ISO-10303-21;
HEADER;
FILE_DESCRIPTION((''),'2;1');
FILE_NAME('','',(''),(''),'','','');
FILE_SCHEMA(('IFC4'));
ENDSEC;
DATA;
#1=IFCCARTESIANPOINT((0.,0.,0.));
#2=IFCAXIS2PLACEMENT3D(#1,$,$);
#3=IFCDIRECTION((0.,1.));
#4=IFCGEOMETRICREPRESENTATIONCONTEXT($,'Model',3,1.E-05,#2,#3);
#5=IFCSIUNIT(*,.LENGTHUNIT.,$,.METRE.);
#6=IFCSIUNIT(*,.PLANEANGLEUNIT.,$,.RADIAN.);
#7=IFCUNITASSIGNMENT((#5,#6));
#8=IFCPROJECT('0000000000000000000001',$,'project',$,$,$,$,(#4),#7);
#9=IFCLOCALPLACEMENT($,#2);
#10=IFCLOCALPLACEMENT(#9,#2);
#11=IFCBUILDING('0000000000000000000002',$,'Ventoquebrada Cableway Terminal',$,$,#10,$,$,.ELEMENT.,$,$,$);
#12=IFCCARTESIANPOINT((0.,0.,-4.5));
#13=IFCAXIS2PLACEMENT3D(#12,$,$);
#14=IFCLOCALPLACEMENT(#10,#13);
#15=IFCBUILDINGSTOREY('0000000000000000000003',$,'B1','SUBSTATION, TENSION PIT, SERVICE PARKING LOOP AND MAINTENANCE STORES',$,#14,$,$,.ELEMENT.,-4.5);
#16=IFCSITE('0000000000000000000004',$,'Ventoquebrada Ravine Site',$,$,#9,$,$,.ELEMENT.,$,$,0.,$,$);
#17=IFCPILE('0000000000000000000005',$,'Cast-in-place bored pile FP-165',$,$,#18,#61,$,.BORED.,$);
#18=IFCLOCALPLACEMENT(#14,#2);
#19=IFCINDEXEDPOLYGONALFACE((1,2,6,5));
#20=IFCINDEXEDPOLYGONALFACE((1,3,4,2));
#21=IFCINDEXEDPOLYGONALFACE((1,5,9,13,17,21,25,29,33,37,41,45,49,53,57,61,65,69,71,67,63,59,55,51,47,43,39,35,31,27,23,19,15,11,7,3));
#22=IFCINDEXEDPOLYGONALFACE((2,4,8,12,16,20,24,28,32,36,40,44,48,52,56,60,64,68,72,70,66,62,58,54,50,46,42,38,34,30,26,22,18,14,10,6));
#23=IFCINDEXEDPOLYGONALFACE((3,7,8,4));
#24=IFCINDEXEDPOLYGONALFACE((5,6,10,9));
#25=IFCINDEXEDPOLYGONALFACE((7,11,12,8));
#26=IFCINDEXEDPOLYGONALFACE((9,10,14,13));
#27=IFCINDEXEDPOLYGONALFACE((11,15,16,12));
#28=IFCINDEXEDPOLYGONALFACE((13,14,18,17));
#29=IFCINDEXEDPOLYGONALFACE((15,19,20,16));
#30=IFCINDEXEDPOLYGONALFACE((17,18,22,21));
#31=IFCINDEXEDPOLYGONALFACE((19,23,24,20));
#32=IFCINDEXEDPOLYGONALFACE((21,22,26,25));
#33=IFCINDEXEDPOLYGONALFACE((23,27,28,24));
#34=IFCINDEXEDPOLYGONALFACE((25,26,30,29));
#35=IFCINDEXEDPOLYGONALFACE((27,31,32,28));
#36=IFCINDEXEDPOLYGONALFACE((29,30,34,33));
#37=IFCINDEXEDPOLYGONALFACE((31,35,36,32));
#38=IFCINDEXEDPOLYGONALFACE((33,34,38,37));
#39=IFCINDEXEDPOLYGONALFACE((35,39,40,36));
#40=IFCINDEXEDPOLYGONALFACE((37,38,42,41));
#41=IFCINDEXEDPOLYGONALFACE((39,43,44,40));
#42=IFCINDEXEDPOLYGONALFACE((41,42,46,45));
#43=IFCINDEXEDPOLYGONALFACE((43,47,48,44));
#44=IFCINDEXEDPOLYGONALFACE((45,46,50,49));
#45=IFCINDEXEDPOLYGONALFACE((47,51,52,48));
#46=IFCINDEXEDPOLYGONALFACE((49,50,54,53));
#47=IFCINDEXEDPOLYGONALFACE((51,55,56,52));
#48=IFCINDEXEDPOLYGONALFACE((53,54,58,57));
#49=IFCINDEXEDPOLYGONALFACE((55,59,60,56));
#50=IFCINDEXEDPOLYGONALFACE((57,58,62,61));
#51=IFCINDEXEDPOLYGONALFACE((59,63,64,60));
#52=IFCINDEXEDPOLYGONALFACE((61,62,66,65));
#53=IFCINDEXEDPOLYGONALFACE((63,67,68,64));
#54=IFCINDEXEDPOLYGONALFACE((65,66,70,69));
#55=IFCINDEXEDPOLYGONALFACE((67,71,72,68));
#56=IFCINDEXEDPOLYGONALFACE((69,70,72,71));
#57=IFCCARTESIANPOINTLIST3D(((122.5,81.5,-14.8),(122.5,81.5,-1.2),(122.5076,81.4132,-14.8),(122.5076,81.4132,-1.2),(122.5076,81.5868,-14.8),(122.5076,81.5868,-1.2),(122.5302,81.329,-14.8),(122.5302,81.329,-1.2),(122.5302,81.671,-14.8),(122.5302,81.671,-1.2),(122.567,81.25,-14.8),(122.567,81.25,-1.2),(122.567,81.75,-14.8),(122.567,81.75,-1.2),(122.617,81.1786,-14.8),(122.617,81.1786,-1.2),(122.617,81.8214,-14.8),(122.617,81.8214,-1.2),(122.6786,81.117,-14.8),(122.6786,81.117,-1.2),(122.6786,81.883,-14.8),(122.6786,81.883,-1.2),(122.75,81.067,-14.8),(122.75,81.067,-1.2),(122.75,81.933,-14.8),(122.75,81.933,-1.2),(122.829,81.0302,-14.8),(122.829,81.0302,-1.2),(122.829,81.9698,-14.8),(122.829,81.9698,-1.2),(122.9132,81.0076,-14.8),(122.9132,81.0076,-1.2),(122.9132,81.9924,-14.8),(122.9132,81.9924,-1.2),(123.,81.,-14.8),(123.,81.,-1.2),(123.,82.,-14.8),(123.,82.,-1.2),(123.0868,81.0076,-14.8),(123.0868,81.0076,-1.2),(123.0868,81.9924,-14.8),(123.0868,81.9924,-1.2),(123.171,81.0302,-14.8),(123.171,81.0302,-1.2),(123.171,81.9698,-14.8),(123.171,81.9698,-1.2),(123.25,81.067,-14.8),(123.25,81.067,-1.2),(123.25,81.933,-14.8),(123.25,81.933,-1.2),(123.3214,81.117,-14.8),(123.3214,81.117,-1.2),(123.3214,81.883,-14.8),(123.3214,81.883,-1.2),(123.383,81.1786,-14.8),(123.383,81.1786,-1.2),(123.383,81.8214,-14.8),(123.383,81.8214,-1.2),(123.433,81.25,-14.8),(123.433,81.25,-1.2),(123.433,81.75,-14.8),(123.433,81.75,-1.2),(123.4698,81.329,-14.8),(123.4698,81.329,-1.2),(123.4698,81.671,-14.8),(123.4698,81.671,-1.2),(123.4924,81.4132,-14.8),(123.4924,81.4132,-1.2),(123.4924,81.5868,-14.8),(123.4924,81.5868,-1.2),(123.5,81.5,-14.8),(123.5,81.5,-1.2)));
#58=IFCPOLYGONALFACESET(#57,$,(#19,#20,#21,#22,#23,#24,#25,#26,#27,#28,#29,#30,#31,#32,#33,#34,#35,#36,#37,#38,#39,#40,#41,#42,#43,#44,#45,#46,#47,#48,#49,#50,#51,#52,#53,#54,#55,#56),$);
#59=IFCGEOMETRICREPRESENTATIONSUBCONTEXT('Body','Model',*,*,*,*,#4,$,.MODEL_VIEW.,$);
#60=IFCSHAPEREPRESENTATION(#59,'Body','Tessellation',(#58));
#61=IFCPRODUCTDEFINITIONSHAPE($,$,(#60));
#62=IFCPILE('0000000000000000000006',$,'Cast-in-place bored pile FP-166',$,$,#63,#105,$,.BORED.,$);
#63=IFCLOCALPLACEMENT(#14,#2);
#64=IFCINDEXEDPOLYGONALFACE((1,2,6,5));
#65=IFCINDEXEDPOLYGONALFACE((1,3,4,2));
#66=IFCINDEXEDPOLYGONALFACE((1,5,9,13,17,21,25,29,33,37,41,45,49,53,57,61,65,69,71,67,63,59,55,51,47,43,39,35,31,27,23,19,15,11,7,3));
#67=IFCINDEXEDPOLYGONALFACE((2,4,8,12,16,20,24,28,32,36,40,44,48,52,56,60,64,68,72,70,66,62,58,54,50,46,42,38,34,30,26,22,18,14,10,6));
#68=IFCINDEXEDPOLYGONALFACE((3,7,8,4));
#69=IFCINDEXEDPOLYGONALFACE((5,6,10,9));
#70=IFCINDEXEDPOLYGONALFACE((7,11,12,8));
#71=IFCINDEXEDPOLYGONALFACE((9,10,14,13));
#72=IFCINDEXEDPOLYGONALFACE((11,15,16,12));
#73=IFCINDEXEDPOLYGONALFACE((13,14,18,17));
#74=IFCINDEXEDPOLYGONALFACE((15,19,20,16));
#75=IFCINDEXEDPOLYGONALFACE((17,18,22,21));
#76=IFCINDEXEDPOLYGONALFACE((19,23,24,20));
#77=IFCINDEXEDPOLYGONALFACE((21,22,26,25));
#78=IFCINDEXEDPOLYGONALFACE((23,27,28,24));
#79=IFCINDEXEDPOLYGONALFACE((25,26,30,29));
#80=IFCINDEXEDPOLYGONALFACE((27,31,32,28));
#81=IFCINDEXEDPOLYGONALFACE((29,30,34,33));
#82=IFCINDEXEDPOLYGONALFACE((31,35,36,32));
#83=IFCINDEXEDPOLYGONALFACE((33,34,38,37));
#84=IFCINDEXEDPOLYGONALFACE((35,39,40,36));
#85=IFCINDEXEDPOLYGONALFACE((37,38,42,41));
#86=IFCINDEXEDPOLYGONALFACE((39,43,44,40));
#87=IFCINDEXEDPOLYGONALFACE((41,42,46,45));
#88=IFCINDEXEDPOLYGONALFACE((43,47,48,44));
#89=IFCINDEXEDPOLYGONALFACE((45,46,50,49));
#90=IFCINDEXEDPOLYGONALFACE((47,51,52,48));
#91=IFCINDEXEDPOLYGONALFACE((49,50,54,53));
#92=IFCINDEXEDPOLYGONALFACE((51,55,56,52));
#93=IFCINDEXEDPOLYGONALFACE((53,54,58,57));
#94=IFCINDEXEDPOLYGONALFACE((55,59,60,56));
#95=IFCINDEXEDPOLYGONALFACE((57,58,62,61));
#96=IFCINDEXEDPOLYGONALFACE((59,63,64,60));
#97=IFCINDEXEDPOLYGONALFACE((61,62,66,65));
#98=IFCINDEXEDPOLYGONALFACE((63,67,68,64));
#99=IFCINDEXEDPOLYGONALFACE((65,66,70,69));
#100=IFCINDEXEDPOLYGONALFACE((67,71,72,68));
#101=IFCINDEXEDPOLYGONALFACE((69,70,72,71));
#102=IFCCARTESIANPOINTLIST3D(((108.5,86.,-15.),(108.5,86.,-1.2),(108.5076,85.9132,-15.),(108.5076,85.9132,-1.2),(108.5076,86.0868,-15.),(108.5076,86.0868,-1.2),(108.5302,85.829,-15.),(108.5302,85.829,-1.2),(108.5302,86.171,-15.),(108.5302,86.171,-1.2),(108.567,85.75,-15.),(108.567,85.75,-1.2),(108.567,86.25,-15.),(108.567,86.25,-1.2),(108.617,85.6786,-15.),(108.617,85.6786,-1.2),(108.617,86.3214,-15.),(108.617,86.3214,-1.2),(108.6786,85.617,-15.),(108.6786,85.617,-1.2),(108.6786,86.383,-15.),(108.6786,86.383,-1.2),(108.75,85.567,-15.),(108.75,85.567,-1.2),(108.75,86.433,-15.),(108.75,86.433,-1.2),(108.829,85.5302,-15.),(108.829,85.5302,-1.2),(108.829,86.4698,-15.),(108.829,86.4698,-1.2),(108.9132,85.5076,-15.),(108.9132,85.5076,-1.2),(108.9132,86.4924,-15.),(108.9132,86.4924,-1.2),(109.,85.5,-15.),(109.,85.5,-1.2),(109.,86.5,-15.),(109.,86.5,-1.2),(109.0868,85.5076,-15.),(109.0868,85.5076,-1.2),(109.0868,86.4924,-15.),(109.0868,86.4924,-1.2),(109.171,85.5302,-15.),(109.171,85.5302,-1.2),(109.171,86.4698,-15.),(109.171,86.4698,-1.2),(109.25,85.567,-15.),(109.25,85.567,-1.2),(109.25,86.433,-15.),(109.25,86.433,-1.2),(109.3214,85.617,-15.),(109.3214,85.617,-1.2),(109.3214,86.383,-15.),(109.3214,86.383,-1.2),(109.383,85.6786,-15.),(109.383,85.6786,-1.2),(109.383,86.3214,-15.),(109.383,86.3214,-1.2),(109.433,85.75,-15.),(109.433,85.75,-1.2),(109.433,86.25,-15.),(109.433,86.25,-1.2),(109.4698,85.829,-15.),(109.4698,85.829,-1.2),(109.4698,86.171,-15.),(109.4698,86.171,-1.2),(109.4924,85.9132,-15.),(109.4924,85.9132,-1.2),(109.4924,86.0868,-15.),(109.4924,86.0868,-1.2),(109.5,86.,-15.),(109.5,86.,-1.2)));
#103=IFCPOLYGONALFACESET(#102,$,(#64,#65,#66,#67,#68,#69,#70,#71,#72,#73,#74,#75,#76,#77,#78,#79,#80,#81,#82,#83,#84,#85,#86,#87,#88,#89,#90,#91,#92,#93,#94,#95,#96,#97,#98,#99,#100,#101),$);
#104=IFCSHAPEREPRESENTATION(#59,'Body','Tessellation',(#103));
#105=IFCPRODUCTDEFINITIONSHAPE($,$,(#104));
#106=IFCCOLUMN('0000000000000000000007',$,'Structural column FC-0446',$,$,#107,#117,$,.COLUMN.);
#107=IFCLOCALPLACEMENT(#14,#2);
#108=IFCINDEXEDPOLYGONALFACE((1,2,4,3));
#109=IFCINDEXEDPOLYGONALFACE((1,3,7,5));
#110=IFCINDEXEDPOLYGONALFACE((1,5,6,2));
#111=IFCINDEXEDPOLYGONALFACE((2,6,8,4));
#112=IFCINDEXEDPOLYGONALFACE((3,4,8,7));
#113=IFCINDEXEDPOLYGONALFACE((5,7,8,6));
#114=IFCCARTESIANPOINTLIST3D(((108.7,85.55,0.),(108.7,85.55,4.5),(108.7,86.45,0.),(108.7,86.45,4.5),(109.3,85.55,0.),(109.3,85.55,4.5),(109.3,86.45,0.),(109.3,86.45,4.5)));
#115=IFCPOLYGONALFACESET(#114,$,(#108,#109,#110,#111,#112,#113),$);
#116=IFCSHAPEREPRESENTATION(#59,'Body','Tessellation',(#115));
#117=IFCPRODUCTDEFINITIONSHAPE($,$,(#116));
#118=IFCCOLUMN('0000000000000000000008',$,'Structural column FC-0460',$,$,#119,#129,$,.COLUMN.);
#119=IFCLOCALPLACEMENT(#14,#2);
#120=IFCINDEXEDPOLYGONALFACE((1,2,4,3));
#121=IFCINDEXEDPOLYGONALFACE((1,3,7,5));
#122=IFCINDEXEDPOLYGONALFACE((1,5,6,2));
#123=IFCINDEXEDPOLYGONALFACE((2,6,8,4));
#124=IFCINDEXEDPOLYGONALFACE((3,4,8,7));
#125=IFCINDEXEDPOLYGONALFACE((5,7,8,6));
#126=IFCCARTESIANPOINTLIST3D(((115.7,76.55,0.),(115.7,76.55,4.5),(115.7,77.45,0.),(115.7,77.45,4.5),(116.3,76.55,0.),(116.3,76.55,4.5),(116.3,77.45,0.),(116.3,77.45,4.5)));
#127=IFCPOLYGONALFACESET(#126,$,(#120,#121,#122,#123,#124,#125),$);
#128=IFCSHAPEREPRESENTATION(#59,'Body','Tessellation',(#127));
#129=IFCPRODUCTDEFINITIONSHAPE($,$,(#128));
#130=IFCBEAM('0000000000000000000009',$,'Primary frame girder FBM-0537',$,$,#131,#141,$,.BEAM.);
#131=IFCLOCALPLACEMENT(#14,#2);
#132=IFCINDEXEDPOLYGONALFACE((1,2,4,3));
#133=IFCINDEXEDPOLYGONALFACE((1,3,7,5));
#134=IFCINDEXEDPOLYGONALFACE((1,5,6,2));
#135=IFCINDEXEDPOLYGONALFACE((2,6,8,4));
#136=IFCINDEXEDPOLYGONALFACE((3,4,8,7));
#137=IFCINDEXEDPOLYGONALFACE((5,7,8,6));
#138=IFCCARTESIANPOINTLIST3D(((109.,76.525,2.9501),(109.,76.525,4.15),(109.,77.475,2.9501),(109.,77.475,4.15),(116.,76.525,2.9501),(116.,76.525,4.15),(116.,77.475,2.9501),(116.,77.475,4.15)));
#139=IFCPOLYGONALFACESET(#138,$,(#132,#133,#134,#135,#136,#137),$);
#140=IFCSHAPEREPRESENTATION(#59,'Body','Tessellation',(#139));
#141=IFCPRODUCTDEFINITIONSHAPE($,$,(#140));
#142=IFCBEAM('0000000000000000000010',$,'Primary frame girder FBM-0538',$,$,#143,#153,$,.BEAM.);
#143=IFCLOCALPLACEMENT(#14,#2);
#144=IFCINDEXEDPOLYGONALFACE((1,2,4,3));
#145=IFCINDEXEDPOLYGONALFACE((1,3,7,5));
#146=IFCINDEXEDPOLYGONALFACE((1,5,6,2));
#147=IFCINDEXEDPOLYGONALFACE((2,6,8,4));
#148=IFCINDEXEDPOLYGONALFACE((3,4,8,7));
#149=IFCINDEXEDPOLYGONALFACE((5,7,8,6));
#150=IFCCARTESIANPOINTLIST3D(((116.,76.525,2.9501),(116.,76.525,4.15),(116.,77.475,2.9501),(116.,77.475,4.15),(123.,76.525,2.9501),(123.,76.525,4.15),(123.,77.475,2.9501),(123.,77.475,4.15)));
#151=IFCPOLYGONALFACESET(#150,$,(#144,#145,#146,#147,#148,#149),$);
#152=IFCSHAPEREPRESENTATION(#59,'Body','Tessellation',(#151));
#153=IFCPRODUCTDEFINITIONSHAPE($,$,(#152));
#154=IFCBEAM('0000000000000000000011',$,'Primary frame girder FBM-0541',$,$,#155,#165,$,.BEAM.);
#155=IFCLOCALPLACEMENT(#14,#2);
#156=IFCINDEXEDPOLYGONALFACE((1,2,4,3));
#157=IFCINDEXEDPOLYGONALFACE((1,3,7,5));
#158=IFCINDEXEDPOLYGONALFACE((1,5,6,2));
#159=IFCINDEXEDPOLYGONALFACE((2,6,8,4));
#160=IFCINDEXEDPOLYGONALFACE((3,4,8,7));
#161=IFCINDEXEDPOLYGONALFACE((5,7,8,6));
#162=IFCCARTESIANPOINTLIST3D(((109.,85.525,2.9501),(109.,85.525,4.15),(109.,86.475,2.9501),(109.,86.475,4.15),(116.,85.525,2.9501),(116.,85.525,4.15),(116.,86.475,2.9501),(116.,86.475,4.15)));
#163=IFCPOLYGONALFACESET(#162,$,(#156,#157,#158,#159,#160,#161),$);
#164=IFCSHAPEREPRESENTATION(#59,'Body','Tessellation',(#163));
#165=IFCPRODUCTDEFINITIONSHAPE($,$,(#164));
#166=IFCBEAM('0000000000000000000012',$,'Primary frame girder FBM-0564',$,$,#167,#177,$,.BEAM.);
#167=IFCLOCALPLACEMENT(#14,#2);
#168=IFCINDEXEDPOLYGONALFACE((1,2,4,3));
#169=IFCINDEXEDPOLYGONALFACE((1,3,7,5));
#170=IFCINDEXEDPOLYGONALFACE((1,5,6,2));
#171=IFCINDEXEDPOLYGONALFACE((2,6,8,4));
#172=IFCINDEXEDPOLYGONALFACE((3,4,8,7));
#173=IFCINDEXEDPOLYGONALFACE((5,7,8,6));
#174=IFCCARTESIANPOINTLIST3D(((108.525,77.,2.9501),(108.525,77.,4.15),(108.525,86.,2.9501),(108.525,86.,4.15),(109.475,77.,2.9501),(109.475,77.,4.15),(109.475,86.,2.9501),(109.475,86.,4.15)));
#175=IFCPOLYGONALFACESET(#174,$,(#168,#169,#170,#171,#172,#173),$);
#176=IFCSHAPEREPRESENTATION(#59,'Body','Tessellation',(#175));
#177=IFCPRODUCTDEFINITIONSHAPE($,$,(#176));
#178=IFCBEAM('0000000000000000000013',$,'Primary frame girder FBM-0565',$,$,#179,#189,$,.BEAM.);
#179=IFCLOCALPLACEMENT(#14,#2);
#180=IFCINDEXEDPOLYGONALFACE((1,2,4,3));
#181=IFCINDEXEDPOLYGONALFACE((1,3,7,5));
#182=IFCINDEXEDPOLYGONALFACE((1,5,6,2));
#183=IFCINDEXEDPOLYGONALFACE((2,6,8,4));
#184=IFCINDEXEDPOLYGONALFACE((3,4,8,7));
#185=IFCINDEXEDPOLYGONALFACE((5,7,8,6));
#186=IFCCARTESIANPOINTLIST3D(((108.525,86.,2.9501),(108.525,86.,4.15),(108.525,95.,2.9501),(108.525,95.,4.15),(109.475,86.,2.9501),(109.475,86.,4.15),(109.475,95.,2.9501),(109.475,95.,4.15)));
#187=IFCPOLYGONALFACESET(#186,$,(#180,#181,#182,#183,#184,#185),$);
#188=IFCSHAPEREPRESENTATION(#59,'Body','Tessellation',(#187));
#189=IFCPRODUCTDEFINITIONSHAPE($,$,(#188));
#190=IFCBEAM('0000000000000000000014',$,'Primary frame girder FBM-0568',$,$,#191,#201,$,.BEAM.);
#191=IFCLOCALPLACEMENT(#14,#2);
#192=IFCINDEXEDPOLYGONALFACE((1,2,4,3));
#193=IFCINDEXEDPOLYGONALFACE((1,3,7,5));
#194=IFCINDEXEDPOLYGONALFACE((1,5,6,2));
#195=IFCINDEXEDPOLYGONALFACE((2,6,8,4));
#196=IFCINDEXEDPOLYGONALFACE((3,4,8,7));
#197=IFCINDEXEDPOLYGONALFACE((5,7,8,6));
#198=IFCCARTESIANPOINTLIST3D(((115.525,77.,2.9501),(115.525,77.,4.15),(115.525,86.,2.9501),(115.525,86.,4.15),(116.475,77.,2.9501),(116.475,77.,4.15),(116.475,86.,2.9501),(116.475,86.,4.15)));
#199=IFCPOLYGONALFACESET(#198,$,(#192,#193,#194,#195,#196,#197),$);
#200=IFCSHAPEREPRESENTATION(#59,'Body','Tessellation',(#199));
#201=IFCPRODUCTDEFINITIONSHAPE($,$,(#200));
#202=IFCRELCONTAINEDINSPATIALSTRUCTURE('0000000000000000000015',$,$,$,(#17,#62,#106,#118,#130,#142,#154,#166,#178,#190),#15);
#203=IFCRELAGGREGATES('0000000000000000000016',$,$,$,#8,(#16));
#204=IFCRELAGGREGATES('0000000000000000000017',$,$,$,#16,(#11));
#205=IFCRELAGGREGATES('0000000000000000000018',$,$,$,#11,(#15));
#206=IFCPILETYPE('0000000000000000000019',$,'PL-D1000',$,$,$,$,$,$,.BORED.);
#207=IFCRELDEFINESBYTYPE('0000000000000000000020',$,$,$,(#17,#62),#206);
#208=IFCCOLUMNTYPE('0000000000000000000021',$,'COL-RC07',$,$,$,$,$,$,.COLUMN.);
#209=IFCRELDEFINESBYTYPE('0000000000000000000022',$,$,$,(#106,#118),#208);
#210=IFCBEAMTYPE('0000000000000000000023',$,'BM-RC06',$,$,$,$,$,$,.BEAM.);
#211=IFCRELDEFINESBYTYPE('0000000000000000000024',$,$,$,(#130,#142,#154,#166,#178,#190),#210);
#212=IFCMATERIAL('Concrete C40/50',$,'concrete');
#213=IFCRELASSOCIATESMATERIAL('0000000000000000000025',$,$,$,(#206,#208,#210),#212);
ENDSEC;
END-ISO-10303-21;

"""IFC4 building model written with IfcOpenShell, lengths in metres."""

from ifc_helpers import new_model, si_unit, direction, frame, origin, origin_2d, place, context, subcontext, project, spatial, rectangle, circle, extrude, material, material_profile, profile_set, type_object, element, save


model = new_model("IFC4")

# Units and contexts
model_context = context("Model", 3, precision=1e-05, world=origin(), true_north=direction((0.0, 1.0)))
body_context = subcontext(model_context, "Body", "Model", "MODEL_VIEW")
ifc_project = project(units=[si_unit("LENGTHUNIT", "METRE"), si_unit("PLANEANGLEUNIT", "RADIAN")], contexts=[model_context])

# Site, building, storey
site_placement = place(None, origin())
site = spatial("IfcSite", under=ifc_project, at=site_placement, Name="Ventoquebrada Ravine Site", CompositionType="ELEMENT", RefElevation=0.0)
building_placement = place(site_placement, origin())
building = spatial("IfcBuilding", under=site, at=building_placement, Name="Ventoquebrada Cableway Terminal", CompositionType="ELEMENT")
storey_placement = place(building_placement, frame((0.0, 0.0, -4.5)))
storey = spatial("IfcBuildingStorey", under=building, at=storey_placement, Name="B1", Description="SUBSTATION, TENSION PIT, SERVICE PARKING LOOP AND MAINTENANCE STORES", CompositionType="ELEMENT", Elevation=-4.5)

# Shared definitions
ifc_material_1 = material(Name="Concrete C40/50", Category="concrete")

# Piles
ifc_material_profile_1 = material_profile(ifc_material_1, circle(Radius=0.5, at=origin_2d()), Name="PILE-D1000")
ifc_profile_set_1 = profile_set([ifc_material_profile_1], Name="Concrete C40/50")
pile_type = type_object("IfcPileType", Name="PL-D1000", PredefinedType="BORED", material=ifc_profile_set_1)
pile_1_placement = place(storey_placement, frame((123.0, 81.5, -1.2), z_axis=(0.0, 0.0, -1.0), x_axis=(1.0, 0.0, 0.0)))
element("IfcPile", 1, at=pile_1_placement, inside=storey, type_object=pile_type, Name="Cast-in-place bored pile FP-165", PredefinedType="BORED", context=body_context, shape_type="SweptSolid", body=[
    extrude(circle(Radius=0.5, at=origin_2d()), origin(), (0.0, 0.0, 1.0), 13.6001),
])
pile_2_placement = place(storey_placement, frame((109.0, 86.0, -1.2), z_axis=(0.0, 0.0, -1.0), x_axis=(1.0, 0.0, 0.0)))
element("IfcPile", 2, at=pile_2_placement, inside=storey, type_object=pile_type, Name="Cast-in-place bored pile FP-166", PredefinedType="BORED", context=body_context, shape_type="SweptSolid", body=[
    extrude(circle(Radius=0.5, at=origin_2d()), origin(), (0.0, 0.0, 1.0), 13.8),
])

# Columns
ifc_material_profile_2 = material_profile(ifc_material_1, rectangle(XDim=0.6001, YDim=0.8999, at=origin_2d()), Name="RC-COL-900X600")
ifc_profile_set_2 = profile_set([ifc_material_profile_2], Name="Concrete C40/50")
column_type = type_object("IfcColumnType", Name="COL-RC07", PredefinedType="COLUMN", material=ifc_profile_set_2)
for number, where, z_axis, x_axis, name in (
    (3, (109.0, 86.0, 0.0), (0.0, 0.0, 1.0), (1.0, 0.0, 0.0), "Structural column FC-0446"),
    (4, (116.0, 77.0, 0.0), (0.0, 0.0, 1.0), (1.0, 0.0, 0.0), "Structural column FC-0460"),
):
    element("IfcColumn", number, at=place(storey_placement, frame(where, z_axis=z_axis, x_axis=x_axis)), inside=storey, type_object=column_type, Name=name, PredefinedType="COLUMN", context=body_context, shape_type="SweptSolid", body=[
        extrude(rectangle(XDim=0.6001, YDim=0.8999, at=origin_2d()), origin(), (0.0, 0.0, 1.0), 4.5),
    ])

# Beams
ifc_material_profile_3 = material_profile(ifc_material_1, rectangle(XDim=0.95, YDim=1.2, at=origin_2d()), Name="RC-BM-950X1200")
ifc_profile_set_3 = profile_set([ifc_material_profile_3], Name="Concrete C40/50")
beam_type = type_object("IfcBeamType", Name="BM-RC06", PredefinedType="BEAM", material=ifc_profile_set_3)
for number, where, z_axis, x_axis, name in (
    (5, (109.0, 77.0, 3.55), (1.0, 0.0, 0.0), (0.0, 1.0, 0.0), "Primary frame girder FBM-0537"),
    (6, (116.0, 77.0, 3.55), (1.0, 0.0, 0.0), (0.0, 1.0, 0.0), "Primary frame girder FBM-0538"),
    (7, (109.0, 86.0, 3.55), (1.0, 0.0, 0.0), (0.0, 1.0, 0.0), "Primary frame girder FBM-0541"),
):
    element("IfcBeam", number, at=place(storey_placement, frame(where, z_axis=z_axis, x_axis=x_axis)), inside=storey, type_object=beam_type, Name=name, PredefinedType="BEAM", context=body_context, shape_type="SweptSolid", body=[
        extrude(rectangle(XDim=0.95, YDim=1.2, at=origin_2d()), origin(), (0.0, 0.0, 1.0), 7.0),
    ])
for number, where, z_axis, x_axis, name in (
    (8, (109.0, 77.0, 3.55), (0.0, 1.0, 0.0), (-1.0, 0.0, 0.0), "Primary frame girder FBM-0564"),
    (9, (109.0, 86.0, 3.55), (0.0, 1.0, 0.0), (-1.0, 0.0, 0.0), "Primary frame girder FBM-0565"),
    (10, (116.0, 77.0, 3.55), (0.0, 1.0, 0.0), (-1.0, 0.0, 0.0), "Primary frame girder FBM-0568"),
):
    element("IfcBeam", number, at=place(storey_placement, frame(where, z_axis=z_axis, x_axis=x_axis)), inside=storey, type_object=beam_type, Name=name, PredefinedType="BEAM", context=body_context, shape_type="SweptSolid", body=[
        extrude(rectangle(XDim=0.95, YDim=1.2, at=origin_2d()), origin(), (0.0, 0.0, 1.0), 9.0),
    ])

save(model, "model.ifc")
